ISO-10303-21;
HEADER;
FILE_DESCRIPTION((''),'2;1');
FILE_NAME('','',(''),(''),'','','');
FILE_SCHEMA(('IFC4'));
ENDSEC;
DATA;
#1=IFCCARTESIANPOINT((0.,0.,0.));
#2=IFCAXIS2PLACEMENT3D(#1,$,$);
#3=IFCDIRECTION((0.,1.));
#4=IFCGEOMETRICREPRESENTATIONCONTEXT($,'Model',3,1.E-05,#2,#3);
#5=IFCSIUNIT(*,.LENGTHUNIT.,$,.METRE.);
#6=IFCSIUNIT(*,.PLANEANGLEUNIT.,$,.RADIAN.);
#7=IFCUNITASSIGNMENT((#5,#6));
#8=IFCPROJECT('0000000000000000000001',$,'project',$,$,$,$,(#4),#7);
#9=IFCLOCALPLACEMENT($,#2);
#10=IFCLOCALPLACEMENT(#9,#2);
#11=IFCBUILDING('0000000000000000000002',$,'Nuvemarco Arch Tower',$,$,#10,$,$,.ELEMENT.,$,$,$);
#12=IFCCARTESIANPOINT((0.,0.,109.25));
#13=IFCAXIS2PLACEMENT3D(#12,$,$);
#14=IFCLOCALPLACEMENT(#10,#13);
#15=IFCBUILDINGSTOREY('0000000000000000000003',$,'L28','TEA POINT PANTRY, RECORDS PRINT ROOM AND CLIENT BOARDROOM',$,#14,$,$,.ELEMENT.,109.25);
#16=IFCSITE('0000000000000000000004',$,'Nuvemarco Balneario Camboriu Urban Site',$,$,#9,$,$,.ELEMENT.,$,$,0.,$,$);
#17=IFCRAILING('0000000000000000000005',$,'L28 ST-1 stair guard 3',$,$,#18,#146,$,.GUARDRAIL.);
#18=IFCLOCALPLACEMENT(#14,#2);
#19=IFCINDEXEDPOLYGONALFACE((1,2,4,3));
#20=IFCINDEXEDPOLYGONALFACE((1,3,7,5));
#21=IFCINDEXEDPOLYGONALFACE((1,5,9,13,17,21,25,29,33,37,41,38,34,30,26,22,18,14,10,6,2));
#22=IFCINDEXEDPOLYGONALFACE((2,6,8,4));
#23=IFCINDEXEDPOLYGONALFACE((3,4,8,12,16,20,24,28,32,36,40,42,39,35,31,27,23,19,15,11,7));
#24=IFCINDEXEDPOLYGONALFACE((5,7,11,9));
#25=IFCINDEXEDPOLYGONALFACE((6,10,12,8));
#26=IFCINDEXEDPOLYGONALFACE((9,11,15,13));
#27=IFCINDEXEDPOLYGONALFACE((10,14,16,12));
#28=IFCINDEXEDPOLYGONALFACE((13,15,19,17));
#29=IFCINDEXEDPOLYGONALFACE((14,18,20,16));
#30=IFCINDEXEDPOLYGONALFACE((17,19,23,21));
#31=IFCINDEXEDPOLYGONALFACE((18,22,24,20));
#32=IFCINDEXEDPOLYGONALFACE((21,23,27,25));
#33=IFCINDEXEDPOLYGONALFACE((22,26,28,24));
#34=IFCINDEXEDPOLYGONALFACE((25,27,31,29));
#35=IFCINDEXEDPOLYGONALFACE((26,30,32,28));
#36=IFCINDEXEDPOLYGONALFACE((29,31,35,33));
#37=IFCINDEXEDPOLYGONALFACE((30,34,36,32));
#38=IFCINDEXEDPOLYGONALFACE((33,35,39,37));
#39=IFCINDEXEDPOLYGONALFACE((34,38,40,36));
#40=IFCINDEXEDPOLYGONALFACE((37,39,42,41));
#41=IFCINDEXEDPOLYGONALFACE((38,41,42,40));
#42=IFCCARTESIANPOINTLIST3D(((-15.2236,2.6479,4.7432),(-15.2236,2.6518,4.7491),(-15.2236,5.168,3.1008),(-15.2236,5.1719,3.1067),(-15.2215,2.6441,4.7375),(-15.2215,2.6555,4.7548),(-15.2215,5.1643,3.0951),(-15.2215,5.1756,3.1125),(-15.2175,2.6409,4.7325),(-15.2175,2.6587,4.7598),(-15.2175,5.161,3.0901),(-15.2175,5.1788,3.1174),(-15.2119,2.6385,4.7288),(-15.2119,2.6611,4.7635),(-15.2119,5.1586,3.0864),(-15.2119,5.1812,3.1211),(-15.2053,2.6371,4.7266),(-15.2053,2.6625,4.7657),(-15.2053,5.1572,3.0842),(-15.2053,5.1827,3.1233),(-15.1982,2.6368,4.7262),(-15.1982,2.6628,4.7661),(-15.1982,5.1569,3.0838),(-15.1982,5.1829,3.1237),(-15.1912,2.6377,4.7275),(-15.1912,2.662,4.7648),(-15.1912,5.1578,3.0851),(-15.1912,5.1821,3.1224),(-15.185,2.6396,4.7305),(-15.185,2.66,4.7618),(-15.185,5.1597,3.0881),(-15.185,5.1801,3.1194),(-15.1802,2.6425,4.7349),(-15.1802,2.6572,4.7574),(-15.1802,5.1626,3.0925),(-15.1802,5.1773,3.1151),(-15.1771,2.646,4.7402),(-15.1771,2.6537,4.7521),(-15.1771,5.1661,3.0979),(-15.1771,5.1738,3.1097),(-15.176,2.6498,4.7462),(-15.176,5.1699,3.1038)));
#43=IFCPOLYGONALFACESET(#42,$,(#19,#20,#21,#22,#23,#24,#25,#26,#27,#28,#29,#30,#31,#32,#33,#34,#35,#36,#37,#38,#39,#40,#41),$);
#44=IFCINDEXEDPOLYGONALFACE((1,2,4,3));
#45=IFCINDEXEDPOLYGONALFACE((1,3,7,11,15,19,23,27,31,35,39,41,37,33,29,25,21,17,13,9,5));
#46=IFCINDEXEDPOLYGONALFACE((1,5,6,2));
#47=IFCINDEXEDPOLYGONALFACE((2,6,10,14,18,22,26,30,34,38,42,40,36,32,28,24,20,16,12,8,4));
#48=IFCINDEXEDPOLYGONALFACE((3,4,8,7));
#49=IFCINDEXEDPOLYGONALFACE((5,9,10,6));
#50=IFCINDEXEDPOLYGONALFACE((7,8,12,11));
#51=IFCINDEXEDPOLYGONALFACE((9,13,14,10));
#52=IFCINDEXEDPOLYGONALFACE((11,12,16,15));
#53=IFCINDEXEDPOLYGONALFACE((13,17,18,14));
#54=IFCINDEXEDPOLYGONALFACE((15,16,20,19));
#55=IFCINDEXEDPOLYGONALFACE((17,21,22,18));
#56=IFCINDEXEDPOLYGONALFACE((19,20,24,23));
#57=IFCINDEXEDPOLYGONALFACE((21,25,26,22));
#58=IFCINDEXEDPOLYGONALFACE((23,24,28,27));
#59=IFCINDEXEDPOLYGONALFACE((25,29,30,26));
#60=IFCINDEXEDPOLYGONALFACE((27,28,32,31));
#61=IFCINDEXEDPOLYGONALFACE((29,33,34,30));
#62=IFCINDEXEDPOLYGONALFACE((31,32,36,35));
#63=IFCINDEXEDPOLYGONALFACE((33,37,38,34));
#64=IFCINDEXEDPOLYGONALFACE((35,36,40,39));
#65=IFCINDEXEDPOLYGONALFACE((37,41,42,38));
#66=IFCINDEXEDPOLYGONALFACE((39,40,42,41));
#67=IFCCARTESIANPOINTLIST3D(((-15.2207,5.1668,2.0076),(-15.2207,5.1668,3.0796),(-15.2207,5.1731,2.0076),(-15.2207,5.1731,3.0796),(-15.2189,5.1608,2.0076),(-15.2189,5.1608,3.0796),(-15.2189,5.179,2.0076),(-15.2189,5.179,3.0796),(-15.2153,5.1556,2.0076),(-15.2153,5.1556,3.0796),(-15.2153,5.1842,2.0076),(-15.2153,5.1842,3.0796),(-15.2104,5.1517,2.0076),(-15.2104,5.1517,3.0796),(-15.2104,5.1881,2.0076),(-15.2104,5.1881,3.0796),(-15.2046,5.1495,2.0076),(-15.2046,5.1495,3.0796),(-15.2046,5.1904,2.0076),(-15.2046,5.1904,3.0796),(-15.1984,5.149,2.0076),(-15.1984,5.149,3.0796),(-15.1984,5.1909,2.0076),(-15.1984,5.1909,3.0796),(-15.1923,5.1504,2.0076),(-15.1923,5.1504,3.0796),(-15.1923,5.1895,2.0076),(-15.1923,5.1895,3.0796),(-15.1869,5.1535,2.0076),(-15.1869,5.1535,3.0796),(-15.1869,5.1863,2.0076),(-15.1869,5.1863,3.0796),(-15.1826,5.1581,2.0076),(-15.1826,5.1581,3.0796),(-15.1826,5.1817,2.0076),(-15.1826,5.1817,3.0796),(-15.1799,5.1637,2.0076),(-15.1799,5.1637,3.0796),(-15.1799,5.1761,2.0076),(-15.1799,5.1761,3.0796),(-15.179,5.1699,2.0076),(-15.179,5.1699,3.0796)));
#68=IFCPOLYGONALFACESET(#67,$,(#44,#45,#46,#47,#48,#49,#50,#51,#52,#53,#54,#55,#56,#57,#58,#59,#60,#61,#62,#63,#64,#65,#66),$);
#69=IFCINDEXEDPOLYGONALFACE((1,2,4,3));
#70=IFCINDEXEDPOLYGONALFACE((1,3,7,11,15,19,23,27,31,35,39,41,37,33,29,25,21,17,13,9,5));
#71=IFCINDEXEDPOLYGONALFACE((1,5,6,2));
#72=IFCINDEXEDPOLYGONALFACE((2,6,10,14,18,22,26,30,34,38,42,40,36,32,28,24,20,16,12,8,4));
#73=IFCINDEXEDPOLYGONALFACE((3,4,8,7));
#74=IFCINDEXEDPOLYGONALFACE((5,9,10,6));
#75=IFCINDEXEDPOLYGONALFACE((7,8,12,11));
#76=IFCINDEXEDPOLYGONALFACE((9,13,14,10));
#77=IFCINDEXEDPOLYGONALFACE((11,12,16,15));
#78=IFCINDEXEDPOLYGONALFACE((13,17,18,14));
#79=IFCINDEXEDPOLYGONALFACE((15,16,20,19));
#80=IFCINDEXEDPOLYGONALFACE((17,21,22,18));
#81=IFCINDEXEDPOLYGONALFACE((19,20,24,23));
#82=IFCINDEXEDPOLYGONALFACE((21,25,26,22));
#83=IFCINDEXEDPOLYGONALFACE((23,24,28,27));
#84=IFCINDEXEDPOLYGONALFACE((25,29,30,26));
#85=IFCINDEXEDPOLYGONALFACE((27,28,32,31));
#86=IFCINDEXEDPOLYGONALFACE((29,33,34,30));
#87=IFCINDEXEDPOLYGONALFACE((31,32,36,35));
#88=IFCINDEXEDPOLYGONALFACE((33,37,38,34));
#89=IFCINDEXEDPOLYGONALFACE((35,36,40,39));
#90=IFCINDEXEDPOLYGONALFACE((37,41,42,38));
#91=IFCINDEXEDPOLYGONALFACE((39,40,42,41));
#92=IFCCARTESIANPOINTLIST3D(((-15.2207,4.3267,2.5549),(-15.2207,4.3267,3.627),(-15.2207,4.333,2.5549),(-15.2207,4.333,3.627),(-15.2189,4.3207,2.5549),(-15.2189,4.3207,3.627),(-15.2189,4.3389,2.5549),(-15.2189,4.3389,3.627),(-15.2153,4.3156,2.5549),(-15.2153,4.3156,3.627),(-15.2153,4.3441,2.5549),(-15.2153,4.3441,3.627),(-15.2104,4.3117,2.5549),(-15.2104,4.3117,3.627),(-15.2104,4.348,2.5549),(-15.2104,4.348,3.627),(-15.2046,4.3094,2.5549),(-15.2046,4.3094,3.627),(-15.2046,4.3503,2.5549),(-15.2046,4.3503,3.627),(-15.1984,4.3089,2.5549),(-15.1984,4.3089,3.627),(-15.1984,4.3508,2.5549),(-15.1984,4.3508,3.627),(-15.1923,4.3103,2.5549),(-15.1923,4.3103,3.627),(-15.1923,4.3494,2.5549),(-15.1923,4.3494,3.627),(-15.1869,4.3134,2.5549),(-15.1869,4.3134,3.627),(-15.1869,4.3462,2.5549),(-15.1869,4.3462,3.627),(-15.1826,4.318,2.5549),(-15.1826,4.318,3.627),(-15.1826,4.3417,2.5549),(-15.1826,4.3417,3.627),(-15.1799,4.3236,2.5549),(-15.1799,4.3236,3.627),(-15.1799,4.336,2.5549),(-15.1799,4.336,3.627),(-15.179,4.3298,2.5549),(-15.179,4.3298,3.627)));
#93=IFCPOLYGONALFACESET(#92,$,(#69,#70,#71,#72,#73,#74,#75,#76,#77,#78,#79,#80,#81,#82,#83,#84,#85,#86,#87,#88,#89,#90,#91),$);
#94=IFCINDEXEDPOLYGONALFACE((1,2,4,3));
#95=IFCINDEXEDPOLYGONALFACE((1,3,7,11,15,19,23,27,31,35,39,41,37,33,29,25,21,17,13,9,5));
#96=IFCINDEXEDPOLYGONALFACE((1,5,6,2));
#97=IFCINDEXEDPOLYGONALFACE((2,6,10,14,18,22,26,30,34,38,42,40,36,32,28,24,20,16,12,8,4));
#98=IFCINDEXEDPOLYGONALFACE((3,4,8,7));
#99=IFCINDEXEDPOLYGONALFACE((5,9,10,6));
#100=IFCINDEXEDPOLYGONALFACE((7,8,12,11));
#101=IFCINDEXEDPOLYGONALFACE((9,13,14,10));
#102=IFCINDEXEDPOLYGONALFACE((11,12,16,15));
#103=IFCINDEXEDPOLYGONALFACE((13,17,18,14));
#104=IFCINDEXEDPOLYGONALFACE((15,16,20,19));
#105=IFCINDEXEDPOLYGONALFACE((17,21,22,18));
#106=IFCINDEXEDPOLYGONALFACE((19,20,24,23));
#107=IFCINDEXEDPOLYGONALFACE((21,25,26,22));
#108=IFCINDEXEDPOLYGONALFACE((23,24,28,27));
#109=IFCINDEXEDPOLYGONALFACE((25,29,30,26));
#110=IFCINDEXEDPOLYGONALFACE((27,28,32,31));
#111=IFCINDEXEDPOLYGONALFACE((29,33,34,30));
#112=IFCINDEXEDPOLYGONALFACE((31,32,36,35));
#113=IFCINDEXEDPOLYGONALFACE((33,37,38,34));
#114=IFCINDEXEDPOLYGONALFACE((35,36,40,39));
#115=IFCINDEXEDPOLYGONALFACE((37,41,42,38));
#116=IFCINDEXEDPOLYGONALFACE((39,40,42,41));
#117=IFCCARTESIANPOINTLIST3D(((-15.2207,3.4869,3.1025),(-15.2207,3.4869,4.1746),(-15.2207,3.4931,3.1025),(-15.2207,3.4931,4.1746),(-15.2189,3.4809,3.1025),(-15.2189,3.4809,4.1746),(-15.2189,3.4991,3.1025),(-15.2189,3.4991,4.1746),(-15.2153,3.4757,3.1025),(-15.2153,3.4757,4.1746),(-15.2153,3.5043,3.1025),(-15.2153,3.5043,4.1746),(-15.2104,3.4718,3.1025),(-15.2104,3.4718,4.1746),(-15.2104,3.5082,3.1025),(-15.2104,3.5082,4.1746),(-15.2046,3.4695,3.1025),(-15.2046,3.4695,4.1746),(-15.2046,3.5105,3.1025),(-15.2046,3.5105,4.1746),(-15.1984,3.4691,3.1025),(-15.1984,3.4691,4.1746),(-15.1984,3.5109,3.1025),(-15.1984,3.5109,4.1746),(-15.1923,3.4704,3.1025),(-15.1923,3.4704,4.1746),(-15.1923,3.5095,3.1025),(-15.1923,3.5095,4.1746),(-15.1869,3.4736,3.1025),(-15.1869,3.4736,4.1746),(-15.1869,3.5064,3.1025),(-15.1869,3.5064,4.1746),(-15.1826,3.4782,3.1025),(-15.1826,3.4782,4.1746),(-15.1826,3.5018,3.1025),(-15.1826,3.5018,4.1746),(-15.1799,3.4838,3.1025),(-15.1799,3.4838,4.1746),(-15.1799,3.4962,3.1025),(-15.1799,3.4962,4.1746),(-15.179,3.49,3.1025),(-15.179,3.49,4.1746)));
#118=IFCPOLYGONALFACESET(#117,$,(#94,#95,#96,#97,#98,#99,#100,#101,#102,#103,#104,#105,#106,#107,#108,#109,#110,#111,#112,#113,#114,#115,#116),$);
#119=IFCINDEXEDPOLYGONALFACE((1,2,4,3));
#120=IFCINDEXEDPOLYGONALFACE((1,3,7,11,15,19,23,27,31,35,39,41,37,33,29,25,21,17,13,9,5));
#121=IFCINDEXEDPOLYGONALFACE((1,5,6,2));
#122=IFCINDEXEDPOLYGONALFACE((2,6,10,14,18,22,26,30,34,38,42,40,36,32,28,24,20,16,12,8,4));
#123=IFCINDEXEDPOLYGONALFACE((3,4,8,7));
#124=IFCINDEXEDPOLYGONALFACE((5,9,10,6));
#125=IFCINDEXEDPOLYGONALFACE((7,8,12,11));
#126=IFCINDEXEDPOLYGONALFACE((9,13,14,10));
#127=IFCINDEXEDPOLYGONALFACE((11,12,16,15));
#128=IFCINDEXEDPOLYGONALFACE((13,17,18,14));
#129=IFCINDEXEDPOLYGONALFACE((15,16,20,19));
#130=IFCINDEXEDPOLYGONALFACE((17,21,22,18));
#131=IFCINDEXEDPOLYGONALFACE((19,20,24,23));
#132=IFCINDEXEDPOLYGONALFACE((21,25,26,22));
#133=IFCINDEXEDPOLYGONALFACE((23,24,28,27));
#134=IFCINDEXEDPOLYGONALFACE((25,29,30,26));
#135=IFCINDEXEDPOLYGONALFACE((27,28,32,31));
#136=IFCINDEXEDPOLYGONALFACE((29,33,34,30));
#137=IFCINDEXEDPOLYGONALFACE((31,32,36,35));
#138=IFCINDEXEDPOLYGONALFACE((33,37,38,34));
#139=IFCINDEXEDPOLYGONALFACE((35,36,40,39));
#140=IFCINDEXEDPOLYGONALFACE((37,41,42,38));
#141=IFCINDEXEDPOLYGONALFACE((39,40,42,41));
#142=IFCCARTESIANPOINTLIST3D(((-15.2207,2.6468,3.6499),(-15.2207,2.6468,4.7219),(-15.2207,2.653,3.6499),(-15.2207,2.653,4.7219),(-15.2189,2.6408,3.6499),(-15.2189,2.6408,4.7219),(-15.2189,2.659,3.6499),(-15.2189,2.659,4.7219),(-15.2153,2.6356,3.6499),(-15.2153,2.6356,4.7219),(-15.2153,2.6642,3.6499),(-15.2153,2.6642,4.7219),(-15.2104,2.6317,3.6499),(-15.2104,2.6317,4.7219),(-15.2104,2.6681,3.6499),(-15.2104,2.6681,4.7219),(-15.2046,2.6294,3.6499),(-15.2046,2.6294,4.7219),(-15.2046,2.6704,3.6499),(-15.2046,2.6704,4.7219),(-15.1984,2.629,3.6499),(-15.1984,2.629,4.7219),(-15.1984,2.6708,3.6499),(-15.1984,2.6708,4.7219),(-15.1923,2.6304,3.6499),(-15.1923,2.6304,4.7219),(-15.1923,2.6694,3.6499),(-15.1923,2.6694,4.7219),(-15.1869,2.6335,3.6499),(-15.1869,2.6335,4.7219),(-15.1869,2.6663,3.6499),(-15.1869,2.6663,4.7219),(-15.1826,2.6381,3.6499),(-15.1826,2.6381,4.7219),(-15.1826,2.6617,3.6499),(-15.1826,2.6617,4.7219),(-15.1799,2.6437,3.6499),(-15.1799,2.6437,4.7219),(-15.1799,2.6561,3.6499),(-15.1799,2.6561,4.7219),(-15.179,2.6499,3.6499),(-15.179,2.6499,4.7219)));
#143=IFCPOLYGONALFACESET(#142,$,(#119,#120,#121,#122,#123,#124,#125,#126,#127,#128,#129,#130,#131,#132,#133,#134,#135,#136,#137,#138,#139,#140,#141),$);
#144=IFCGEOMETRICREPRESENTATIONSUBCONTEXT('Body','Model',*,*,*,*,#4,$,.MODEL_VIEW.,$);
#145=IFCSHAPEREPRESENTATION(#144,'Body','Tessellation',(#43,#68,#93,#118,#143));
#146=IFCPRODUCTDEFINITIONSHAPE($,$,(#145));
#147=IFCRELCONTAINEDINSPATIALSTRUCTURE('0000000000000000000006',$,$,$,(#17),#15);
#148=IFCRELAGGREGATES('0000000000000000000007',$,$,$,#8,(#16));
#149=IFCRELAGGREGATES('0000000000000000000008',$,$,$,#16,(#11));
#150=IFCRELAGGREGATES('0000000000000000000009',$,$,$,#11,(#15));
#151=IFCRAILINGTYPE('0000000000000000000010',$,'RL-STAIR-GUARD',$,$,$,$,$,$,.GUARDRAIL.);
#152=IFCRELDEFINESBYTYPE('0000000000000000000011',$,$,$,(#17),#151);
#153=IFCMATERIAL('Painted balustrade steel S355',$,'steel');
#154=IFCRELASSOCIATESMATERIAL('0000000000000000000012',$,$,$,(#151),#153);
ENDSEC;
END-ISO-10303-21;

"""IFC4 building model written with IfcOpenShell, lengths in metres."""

from ifc_helpers import new_model, si_unit, direction, frame, origin, origin_2d, place, context, subcontext, project, spatial, circle, extrude, material, type_object, element, save


model = new_model("IFC4")

# Units and contexts
model_context = context("Model", 3, precision=1e-05, world=origin(), true_north=direction((0.0, 1.0)))
body_context = subcontext(model_context, "Body", "Model", "MODEL_VIEW")
ifc_project = project(units=[si_unit("LENGTHUNIT", "METRE"), si_unit("PLANEANGLEUNIT", "RADIAN")], contexts=[model_context])

# Site, building, storey
site_placement = place(None, origin())
site = spatial("IfcSite", under=ifc_project, at=site_placement, Name="Nuvemarco Balneario Camboriu Urban Site", CompositionType="ELEMENT", RefElevation=0.0)
building_placement = place(site_placement, origin())
building = spatial("IfcBuilding", under=site, at=building_placement, Name="Nuvemarco Arch Tower", CompositionType="ELEMENT")
storey_placement = place(building_placement, frame((0.0, 0.0, 109.25)))
storey = spatial("IfcBuildingStorey", under=building, at=storey_placement, Name="L28", Description="TEA POINT PANTRY, RECORDS PRINT ROOM AND CLIENT BOARDROOM", CompositionType="ELEMENT", Elevation=109.25)

# Railing
ifc_material_1 = material(Name="Painted balustrade steel S355", Category="steel")
railing_type_1 = type_object("IfcRailingType", Name="RL-STAIR-GUARD", PredefinedType="GUARDRAIL", material=ifc_material_1)
railing_1_placement = place(storey_placement, frame((-15.2, 5.1699, 2.0076)))
element("IfcRailing", 1, at=railing_1_placement, inside=storey, type_object=railing_type_1, Name="L28 ST-1 stair guard 3", PredefinedType="GUARDRAIL", context=body_context, shape_type="SweptSolid", body=[
    extrude(circle(Radius=0.0239, at=origin_2d()), frame((0.0, 0.0, 1.0962), z_axis=(0.0, -0.837787, 0.545998), x_axis=(1.0, 0.0, 0.0)), (0.0, 0.0, 1.0), 3.0081),
    extrude(circle(Radius=0.021, at=origin_2d()), origin(), (0.0, 0.0, 1.0), 1.072),
    extrude(circle(Radius=0.021, at=origin_2d()), frame((0.0, -0.8401, 0.5474)), (0.0, 0.0, 1.0), 1.072),
    extrude(circle(Radius=0.021, at=origin_2d()), frame((0.0, -1.6799, 1.095)), (0.0, 0.0, 1.0), 1.072),
    extrude(circle(Radius=0.021, at=origin_2d()), frame((0.0, -2.52, 1.6423)), (0.0, 0.0, 1.0), 1.072),
])

save(model, "model.ifc")
